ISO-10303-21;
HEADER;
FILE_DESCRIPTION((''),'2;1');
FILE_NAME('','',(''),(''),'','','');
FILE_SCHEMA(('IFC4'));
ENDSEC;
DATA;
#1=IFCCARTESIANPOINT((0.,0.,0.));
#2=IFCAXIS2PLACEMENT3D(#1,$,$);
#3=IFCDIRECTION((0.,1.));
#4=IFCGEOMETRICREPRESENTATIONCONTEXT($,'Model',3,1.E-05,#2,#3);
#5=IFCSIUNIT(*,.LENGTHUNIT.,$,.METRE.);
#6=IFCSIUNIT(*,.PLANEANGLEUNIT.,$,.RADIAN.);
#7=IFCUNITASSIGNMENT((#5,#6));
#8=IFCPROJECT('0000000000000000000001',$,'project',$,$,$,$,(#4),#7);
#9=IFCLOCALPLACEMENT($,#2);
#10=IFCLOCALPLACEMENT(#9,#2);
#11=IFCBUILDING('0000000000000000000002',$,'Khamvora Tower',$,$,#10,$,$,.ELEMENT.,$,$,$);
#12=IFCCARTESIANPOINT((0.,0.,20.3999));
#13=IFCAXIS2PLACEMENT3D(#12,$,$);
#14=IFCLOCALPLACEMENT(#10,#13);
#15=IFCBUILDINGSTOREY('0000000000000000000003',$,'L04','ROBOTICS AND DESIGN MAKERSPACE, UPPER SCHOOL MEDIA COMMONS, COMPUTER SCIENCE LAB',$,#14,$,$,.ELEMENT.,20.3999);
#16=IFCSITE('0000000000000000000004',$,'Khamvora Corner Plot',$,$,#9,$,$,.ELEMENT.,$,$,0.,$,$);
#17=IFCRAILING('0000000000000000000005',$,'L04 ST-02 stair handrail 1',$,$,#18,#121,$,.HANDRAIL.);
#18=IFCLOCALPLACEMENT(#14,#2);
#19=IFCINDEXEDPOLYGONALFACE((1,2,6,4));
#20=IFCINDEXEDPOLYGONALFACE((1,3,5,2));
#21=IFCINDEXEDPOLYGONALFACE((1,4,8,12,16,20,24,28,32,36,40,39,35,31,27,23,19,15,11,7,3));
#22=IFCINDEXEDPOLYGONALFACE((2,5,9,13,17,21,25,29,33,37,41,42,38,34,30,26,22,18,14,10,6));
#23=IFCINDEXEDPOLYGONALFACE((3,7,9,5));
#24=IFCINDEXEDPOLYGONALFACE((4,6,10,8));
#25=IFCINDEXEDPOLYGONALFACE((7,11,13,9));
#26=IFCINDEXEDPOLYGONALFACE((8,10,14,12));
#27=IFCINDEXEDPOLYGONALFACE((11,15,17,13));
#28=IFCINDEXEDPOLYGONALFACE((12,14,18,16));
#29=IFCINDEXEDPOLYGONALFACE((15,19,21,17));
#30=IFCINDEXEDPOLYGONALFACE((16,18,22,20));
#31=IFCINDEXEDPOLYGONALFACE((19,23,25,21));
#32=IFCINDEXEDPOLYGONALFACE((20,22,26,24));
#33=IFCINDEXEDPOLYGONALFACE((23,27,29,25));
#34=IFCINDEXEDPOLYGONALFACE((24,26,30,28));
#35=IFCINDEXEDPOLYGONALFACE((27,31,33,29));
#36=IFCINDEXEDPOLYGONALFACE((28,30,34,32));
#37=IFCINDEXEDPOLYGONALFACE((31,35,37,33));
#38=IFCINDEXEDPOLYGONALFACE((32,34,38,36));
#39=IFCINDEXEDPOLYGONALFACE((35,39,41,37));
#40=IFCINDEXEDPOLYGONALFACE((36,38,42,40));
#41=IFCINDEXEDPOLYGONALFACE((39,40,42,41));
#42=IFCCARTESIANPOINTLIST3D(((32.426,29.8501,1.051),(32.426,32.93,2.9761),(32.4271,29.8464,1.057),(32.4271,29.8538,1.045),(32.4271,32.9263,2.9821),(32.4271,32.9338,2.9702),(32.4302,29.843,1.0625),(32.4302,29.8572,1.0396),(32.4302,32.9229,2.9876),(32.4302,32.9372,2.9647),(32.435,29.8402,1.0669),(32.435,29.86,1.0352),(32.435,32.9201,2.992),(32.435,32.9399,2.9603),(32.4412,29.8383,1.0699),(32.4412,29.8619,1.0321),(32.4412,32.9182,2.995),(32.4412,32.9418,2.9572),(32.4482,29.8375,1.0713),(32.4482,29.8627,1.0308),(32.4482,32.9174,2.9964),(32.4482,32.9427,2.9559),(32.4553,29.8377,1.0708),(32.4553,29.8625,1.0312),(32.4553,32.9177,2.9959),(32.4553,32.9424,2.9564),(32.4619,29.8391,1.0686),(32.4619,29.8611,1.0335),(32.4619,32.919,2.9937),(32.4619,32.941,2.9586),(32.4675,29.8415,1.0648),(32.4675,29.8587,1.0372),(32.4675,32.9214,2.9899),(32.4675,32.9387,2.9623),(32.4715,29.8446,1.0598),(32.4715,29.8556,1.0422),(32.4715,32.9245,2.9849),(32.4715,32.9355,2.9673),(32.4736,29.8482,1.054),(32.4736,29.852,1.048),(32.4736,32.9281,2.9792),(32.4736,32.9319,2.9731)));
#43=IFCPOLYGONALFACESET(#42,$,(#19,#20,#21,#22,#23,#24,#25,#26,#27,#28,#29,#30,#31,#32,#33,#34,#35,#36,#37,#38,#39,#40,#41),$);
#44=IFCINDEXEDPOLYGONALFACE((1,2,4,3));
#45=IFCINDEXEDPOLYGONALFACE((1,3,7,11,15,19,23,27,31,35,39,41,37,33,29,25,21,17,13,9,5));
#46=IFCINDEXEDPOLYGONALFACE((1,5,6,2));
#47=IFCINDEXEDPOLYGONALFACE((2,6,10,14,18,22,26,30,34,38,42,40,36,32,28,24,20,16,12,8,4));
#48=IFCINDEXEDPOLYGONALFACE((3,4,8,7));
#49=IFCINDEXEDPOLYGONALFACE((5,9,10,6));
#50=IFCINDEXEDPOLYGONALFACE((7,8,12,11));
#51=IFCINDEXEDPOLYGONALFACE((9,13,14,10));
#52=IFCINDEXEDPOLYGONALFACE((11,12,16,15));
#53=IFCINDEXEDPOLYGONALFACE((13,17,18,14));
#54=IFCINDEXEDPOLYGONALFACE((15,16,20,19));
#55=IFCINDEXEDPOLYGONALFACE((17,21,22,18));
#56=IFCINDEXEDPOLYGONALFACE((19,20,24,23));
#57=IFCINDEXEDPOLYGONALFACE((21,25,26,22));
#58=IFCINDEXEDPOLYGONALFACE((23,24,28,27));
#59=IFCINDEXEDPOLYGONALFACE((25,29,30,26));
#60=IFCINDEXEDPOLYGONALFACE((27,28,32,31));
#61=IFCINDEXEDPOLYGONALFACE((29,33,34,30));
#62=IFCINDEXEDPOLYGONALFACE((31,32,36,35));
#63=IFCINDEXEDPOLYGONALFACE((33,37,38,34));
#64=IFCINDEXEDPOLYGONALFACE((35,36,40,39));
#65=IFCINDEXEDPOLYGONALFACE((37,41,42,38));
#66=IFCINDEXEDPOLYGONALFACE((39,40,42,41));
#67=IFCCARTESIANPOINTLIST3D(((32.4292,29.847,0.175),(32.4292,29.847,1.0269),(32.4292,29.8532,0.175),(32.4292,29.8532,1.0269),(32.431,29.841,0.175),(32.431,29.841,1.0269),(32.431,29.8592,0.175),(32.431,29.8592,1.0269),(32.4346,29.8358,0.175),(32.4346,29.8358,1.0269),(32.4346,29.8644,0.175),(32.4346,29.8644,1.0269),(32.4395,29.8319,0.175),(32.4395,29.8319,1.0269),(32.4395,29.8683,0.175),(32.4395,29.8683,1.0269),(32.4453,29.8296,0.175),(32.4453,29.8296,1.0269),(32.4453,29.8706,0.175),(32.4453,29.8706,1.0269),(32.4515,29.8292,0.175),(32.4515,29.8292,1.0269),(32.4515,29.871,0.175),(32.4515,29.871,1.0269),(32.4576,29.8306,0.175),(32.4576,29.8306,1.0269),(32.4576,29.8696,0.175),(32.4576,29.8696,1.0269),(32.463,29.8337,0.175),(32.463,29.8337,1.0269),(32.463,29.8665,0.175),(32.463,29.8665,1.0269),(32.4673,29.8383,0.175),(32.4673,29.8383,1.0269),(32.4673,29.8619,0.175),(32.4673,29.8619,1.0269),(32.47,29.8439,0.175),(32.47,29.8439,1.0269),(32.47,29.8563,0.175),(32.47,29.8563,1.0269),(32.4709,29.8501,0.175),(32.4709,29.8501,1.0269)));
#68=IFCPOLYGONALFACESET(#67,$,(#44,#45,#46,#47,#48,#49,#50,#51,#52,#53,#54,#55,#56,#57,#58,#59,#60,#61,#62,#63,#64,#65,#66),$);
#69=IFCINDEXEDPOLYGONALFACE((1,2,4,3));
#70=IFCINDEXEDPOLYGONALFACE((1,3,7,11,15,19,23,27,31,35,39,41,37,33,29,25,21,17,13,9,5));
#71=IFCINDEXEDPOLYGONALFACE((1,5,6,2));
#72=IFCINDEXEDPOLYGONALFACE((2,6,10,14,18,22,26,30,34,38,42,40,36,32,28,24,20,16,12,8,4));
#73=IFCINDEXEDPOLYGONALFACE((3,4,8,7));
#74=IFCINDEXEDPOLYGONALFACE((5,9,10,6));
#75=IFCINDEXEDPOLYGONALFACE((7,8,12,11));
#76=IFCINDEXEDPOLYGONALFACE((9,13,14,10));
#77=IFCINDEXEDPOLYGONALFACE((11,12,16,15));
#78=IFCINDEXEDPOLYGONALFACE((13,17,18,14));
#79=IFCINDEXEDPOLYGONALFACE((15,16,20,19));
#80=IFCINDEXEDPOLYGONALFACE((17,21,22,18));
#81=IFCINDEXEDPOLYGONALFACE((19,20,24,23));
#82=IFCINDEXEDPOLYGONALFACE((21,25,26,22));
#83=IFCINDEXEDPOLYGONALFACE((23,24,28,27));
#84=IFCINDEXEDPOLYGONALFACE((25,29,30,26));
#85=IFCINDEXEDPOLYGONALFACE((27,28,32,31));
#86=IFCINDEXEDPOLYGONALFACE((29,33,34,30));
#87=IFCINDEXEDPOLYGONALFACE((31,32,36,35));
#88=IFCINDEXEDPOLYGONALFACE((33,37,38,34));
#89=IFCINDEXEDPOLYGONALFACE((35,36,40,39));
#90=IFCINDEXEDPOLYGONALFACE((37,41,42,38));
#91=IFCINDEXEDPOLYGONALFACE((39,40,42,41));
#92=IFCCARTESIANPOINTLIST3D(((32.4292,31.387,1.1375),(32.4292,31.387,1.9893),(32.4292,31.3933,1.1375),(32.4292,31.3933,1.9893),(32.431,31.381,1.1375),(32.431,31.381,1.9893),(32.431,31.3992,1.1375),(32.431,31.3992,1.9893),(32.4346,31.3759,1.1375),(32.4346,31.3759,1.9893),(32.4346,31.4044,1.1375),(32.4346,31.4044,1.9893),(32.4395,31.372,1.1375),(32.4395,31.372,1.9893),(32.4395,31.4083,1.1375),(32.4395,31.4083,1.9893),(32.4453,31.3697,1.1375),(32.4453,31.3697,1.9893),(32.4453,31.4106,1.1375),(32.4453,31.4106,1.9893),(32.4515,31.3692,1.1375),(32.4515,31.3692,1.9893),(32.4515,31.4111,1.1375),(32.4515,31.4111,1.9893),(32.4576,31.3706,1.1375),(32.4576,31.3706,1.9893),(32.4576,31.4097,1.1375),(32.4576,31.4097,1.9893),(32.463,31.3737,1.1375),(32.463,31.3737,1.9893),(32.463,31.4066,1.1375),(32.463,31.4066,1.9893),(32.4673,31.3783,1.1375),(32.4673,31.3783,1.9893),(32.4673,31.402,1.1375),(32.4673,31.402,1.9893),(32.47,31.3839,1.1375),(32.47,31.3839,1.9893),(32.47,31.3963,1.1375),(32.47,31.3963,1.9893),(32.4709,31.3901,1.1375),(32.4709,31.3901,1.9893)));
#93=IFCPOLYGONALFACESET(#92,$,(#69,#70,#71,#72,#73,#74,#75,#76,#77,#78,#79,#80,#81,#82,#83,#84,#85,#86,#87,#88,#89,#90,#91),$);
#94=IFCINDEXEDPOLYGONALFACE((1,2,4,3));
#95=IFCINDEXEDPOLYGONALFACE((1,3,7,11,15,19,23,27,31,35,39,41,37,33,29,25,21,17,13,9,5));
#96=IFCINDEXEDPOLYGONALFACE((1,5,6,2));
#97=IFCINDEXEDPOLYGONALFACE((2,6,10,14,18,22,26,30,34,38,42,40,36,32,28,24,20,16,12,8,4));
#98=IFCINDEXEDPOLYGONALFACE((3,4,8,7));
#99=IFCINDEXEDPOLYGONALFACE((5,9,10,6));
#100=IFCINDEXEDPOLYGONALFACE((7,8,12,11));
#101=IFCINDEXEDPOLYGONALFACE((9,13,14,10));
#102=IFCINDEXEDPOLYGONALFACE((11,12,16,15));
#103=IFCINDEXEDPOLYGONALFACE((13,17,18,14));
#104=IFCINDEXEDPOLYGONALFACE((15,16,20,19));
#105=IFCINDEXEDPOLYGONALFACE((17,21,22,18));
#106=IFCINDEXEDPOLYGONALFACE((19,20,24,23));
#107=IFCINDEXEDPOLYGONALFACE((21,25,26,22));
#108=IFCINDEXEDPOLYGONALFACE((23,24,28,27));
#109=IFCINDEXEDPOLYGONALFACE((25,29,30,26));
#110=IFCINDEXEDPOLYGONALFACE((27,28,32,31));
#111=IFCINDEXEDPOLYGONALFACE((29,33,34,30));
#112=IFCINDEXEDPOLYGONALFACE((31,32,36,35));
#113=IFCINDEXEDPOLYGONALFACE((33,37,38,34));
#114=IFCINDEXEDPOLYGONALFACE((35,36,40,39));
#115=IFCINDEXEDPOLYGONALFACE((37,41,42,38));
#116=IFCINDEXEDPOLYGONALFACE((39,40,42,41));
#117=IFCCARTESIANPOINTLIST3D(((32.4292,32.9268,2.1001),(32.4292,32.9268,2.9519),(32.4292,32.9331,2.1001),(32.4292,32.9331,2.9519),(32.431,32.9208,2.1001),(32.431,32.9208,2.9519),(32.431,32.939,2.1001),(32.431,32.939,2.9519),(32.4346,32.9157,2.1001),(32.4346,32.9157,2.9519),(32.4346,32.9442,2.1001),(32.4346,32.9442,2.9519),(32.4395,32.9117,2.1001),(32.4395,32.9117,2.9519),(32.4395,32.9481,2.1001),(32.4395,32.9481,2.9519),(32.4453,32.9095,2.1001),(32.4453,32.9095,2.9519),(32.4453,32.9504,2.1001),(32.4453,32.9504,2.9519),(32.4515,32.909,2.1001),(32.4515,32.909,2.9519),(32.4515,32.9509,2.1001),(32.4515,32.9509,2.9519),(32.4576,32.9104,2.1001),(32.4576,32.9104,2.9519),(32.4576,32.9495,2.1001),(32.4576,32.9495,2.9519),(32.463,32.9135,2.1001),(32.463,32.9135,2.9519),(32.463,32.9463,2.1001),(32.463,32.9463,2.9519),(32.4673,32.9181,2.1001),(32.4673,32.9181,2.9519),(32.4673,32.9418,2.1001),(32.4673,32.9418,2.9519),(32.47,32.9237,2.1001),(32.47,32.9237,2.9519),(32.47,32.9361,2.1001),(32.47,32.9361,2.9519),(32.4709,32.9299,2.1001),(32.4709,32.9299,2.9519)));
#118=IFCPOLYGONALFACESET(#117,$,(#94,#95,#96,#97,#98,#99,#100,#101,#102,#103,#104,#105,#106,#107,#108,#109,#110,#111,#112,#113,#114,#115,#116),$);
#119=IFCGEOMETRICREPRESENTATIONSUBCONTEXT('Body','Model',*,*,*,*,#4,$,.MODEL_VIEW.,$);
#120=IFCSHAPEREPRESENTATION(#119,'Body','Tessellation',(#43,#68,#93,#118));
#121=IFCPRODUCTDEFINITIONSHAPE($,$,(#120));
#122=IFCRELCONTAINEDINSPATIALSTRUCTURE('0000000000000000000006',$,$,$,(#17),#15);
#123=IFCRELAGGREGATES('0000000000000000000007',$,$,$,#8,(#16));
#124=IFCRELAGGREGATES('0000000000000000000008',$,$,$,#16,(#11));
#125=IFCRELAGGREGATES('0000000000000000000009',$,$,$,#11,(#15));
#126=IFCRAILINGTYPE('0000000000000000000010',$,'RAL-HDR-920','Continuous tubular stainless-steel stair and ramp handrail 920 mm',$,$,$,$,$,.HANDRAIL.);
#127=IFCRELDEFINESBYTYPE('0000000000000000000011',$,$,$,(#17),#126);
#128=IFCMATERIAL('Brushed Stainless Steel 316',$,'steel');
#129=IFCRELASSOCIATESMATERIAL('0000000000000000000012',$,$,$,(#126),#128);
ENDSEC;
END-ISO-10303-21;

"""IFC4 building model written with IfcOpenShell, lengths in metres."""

from ifc_helpers import new_model, si_unit, direction, frame, origin, origin_2d, place, context, subcontext, project, spatial, circle, extrude, material, type_object, element, save


model = new_model("IFC4")

# Units and contexts
model_context = context("Model", 3, precision=1e-05, world=origin(), true_north=direction((0.0, 1.0)))
body_context = subcontext(model_context, "Body", "Model", "MODEL_VIEW")
ifc_project = project(units=[si_unit("LENGTHUNIT", "METRE"), si_unit("PLANEANGLEUNIT", "RADIAN")], contexts=[model_context])

# Site, building, storey
site_placement = place(None, origin())
site = spatial("IfcSite", under=ifc_project, at=site_placement, Name="Khamvora Corner Plot", CompositionType="ELEMENT", RefElevation=0.0)
building_placement = place(site_placement, origin())
building = spatial("IfcBuilding", under=site, at=building_placement, Name="Khamvora Tower", CompositionType="ELEMENT")
storey_placement = place(building_placement, frame((0.0, 0.0, 20.3999)))
storey = spatial("IfcBuildingStorey", under=building, at=storey_placement, Name="L04", Description="ROBOTICS AND DESIGN MAKERSPACE, UPPER SCHOOL MEDIA COMMONS, COMPUTER SCIENCE LAB", CompositionType="ELEMENT", Elevation=20.3999)

# Railing
ifc_material_1 = material(Name="Brushed Stainless Steel 316", Category="steel")
railing_type_1 = type_object("IfcRailingType", Name="RAL-HDR-920", Description="Continuous tubular stainless-steel stair and ramp handrail 920 mm", PredefinedType="HANDRAIL", material=ifc_material_1)
railing_1_placement = place(storey_placement, frame((32.45, 29.8501, 0.175)))
element("IfcRailing", 1, at=railing_1_placement, inside=storey, type_object=railing_type_1, Name="L04 ST-02 stair handrail 1", PredefinedType="HANDRAIL", context=body_context, shape_type="SweptSolid", body=[
    extrude(circle(Radius=0.0239, at=origin_2d()), frame((0.0, 0.0, 0.876), z_axis=(0.0, 0.847979, 0.530029), x_axis=(-1.0, 0.0, 0.0)), (0.0, 0.0, 1.0), 3.6321),
    extrude(circle(Radius=0.021, at=origin_2d()), origin(), (0.0, 0.0, 1.0), 0.8518),
    extrude(circle(Radius=0.021, at=origin_2d()), frame((0.0, 1.54, 0.9624)), (0.0, 0.0, 1.0), 0.8518),
    extrude(circle(Radius=0.021, at=origin_2d()), frame((0.0, 3.0798, 1.925)), (0.0, 0.0, 1.0), 0.8518),
])

save(model, "model.ifc")
